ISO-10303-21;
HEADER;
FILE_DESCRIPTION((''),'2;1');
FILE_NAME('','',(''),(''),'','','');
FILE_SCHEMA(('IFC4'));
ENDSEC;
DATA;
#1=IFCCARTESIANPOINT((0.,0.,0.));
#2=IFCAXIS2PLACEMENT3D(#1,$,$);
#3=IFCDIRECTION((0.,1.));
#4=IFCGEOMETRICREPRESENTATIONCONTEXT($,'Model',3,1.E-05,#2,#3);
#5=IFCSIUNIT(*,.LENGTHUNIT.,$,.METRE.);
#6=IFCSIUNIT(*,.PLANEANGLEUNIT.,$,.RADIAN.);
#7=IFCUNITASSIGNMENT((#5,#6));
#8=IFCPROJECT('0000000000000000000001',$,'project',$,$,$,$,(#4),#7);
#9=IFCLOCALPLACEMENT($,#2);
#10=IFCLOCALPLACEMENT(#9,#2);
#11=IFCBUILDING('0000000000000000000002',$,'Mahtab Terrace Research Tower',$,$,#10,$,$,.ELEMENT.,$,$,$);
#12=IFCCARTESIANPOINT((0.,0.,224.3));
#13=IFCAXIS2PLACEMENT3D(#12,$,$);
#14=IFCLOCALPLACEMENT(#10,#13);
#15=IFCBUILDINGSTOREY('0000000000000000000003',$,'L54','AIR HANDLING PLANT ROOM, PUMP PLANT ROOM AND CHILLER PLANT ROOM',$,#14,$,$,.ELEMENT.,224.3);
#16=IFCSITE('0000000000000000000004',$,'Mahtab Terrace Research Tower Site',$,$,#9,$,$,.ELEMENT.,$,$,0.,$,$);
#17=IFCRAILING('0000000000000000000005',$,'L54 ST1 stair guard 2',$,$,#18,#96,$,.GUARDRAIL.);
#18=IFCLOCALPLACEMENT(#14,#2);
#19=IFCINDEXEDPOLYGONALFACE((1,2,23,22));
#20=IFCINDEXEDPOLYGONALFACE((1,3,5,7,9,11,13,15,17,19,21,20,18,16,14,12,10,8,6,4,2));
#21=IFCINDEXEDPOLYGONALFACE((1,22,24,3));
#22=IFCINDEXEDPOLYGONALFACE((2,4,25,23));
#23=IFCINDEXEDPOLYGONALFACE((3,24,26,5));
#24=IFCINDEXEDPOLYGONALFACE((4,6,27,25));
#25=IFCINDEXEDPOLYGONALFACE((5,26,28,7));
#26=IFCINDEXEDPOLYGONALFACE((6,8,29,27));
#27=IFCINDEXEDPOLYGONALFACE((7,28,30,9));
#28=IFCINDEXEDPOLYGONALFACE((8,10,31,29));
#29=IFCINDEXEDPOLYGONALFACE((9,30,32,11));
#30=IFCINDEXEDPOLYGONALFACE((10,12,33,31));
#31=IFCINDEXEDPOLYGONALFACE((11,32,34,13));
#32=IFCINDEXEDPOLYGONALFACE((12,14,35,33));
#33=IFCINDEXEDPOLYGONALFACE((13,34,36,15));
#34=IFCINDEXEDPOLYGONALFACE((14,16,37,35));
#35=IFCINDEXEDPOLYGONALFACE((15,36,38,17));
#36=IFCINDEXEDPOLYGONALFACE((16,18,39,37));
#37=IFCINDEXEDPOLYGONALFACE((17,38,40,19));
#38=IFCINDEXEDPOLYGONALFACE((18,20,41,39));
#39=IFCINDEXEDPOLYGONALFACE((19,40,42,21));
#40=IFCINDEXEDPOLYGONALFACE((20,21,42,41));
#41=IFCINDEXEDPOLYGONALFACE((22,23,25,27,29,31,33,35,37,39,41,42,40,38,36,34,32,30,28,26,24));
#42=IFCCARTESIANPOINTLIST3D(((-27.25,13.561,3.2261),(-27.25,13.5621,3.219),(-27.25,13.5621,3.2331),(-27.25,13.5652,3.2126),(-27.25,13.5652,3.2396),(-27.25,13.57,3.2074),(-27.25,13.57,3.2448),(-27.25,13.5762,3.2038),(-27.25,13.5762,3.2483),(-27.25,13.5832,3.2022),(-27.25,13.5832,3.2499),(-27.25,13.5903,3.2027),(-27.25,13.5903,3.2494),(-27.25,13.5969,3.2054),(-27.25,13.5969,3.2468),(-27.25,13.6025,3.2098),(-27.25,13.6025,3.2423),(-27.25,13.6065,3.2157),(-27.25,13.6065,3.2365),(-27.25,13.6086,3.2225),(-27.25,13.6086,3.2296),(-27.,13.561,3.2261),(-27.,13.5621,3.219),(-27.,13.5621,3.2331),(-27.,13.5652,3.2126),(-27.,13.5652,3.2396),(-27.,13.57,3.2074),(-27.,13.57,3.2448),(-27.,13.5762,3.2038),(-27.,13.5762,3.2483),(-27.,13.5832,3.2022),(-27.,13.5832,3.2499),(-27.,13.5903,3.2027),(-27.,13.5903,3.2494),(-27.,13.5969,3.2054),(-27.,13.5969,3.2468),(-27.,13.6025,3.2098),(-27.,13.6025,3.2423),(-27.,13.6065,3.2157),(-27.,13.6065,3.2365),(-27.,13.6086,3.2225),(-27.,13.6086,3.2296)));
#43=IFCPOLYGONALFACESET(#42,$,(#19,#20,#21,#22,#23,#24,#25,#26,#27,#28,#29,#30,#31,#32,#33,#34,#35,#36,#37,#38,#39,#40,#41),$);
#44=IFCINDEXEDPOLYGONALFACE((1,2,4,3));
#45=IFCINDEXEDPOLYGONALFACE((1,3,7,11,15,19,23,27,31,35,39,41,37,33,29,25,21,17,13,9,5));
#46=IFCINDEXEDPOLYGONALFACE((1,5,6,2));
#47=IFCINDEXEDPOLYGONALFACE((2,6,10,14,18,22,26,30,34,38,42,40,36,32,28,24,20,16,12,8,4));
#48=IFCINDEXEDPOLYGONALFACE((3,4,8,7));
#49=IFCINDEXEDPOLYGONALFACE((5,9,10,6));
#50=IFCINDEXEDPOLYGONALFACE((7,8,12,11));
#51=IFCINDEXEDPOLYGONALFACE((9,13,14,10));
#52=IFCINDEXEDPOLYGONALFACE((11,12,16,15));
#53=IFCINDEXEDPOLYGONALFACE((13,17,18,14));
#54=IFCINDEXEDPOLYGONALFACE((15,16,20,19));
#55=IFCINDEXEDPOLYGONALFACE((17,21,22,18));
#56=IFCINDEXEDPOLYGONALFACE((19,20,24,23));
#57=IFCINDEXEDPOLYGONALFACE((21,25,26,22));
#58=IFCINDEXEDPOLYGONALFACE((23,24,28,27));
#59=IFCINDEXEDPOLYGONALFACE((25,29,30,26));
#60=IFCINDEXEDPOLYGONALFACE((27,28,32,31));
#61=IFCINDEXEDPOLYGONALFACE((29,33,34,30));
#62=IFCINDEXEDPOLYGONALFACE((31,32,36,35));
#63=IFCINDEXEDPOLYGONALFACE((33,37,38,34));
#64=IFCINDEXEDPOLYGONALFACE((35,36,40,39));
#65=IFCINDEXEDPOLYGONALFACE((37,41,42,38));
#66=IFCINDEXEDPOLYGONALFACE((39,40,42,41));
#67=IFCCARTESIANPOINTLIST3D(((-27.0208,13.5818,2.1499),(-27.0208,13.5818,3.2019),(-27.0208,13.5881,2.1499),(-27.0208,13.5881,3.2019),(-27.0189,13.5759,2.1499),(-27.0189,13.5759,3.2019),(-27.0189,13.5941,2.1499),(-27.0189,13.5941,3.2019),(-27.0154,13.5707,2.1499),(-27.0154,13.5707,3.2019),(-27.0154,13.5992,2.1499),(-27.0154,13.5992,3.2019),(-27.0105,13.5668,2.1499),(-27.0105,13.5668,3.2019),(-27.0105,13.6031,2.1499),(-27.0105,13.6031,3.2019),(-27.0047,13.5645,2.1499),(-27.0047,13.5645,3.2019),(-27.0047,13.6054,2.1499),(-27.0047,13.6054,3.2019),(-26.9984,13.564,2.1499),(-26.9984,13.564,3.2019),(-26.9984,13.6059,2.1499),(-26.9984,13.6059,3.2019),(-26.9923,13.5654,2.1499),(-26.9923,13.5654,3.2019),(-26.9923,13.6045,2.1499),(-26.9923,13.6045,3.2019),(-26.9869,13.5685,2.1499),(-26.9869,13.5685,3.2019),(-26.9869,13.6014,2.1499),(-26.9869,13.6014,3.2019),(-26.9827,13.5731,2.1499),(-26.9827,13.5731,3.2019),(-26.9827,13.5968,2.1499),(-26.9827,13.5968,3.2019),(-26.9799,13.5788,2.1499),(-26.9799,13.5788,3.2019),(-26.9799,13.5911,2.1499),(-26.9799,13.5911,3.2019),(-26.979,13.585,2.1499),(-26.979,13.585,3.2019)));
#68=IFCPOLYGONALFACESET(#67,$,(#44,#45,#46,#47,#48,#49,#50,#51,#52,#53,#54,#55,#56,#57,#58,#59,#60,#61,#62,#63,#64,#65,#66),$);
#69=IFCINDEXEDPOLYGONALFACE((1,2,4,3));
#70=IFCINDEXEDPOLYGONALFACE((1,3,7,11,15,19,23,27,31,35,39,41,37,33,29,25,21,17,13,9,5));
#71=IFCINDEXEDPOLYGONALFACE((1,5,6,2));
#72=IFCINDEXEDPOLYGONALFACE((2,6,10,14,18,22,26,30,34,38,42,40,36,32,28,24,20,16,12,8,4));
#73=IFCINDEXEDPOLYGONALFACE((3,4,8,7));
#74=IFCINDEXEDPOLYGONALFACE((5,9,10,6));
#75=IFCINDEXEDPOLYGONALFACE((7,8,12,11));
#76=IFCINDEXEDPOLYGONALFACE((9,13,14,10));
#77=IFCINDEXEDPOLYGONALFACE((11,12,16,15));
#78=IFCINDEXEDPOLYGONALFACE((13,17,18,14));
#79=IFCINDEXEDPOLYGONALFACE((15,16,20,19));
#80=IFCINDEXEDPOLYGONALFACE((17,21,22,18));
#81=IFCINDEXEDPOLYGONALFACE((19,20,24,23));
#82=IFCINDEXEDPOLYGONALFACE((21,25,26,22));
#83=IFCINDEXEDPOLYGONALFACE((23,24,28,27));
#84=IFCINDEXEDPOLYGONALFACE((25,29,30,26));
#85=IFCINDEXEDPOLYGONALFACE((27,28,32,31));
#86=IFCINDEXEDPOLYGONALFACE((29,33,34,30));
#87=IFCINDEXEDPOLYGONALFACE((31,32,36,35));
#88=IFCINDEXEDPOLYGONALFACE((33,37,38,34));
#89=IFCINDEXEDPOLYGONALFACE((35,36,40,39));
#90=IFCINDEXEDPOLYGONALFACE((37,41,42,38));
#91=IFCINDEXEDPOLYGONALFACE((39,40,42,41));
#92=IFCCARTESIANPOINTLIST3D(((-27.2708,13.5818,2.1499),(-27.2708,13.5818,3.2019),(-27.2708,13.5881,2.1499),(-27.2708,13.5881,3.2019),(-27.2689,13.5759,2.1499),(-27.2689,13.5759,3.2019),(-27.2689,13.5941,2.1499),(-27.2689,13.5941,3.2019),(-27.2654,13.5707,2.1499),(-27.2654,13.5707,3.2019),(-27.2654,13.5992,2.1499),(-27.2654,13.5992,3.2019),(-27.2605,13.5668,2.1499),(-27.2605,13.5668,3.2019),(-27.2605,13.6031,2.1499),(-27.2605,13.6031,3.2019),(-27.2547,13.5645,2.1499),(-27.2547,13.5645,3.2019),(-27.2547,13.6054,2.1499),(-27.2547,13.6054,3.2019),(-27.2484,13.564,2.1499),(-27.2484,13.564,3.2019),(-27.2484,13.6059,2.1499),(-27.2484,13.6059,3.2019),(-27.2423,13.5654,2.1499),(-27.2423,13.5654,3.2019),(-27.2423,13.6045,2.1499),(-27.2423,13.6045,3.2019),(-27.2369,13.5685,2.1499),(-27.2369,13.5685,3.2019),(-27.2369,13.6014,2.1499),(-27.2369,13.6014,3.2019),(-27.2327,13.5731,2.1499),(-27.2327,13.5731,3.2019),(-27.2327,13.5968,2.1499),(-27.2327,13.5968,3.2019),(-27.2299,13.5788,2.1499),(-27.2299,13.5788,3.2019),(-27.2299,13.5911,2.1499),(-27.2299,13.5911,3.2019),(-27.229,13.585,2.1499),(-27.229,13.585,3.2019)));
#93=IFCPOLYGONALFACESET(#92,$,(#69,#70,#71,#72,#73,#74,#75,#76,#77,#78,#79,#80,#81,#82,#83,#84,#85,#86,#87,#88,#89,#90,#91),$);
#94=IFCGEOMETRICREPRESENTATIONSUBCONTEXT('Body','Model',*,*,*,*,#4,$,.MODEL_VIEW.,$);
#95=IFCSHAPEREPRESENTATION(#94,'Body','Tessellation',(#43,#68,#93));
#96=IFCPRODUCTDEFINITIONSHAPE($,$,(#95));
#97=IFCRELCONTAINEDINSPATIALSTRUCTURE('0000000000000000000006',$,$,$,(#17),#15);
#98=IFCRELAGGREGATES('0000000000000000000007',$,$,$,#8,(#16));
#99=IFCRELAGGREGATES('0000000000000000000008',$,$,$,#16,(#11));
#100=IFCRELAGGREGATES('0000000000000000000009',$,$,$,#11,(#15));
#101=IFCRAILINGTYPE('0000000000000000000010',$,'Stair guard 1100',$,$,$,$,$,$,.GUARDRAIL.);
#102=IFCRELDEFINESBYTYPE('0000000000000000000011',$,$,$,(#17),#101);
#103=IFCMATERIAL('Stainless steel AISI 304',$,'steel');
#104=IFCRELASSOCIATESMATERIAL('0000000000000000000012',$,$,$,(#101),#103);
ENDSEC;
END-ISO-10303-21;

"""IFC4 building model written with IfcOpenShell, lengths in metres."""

from ifc_helpers import new_model, si_unit, direction, frame, origin, origin_2d, place, context, subcontext, project, spatial, circle, extrude, material, type_object, element, save


model = new_model("IFC4")

# Units and contexts
model_context = context("Model", 3, precision=1e-05, world=origin(), true_north=direction((0.0, 1.0)))
body_context = subcontext(model_context, "Body", "Model", "MODEL_VIEW")
ifc_project = project(units=[si_unit("LENGTHUNIT", "METRE"), si_unit("PLANEANGLEUNIT", "RADIAN")], contexts=[model_context])

# Site, building, storey
site_placement = place(None, origin())
site = spatial("IfcSite", under=ifc_project, at=site_placement, Name="Mahtab Terrace Research Tower Site", CompositionType="ELEMENT", RefElevation=0.0)
building_placement = place(site_placement, origin())
building = spatial("IfcBuilding", under=site, at=building_placement, Name="Mahtab Terrace Research Tower", CompositionType="ELEMENT")
storey_placement = place(building_placement, frame((0.0, 0.0, 224.3)))
storey = spatial("IfcBuildingStorey", under=building, at=storey_placement, Name="L54", Description="AIR HANDLING PLANT ROOM, PUMP PLANT ROOM AND CHILLER PLANT ROOM", CompositionType="ELEMENT", Elevation=224.3)

# Railing
ifc_material_1 = material(Name="Stainless steel AISI 304", Category="steel")
railing_type_1 = type_object("IfcRailingType", Name="Stair guard 1100", PredefinedType="GUARDRAIL", material=ifc_material_1)
railing_1_placement = place(storey_placement, frame((-27.0, 13.585, 2.1499)))
element("IfcRailing", 1, at=railing_1_placement, inside=storey, type_object=railing_type_1, Name="L54 ST1 stair guard 2", PredefinedType="GUARDRAIL", context=body_context, shape_type="SweptSolid", body=[
    extrude(circle(Radius=0.0239, at=origin_2d()), frame((0.0, 0.0, 1.0762), z_axis=(-1.0, 0.0, 0.0), x_axis=(0.0, -1.0, 0.0)), (0.0, 0.0, 1.0), 0.25),
    extrude(circle(Radius=0.021, at=origin_2d()), origin(), (0.0, 0.0, 1.0), 1.052),
    extrude(circle(Radius=0.021, at=origin_2d()), frame((-0.25, 0.0, 0.0)), (0.0, 0.0, 1.0), 1.052),
])

save(model, "model.ifc")
